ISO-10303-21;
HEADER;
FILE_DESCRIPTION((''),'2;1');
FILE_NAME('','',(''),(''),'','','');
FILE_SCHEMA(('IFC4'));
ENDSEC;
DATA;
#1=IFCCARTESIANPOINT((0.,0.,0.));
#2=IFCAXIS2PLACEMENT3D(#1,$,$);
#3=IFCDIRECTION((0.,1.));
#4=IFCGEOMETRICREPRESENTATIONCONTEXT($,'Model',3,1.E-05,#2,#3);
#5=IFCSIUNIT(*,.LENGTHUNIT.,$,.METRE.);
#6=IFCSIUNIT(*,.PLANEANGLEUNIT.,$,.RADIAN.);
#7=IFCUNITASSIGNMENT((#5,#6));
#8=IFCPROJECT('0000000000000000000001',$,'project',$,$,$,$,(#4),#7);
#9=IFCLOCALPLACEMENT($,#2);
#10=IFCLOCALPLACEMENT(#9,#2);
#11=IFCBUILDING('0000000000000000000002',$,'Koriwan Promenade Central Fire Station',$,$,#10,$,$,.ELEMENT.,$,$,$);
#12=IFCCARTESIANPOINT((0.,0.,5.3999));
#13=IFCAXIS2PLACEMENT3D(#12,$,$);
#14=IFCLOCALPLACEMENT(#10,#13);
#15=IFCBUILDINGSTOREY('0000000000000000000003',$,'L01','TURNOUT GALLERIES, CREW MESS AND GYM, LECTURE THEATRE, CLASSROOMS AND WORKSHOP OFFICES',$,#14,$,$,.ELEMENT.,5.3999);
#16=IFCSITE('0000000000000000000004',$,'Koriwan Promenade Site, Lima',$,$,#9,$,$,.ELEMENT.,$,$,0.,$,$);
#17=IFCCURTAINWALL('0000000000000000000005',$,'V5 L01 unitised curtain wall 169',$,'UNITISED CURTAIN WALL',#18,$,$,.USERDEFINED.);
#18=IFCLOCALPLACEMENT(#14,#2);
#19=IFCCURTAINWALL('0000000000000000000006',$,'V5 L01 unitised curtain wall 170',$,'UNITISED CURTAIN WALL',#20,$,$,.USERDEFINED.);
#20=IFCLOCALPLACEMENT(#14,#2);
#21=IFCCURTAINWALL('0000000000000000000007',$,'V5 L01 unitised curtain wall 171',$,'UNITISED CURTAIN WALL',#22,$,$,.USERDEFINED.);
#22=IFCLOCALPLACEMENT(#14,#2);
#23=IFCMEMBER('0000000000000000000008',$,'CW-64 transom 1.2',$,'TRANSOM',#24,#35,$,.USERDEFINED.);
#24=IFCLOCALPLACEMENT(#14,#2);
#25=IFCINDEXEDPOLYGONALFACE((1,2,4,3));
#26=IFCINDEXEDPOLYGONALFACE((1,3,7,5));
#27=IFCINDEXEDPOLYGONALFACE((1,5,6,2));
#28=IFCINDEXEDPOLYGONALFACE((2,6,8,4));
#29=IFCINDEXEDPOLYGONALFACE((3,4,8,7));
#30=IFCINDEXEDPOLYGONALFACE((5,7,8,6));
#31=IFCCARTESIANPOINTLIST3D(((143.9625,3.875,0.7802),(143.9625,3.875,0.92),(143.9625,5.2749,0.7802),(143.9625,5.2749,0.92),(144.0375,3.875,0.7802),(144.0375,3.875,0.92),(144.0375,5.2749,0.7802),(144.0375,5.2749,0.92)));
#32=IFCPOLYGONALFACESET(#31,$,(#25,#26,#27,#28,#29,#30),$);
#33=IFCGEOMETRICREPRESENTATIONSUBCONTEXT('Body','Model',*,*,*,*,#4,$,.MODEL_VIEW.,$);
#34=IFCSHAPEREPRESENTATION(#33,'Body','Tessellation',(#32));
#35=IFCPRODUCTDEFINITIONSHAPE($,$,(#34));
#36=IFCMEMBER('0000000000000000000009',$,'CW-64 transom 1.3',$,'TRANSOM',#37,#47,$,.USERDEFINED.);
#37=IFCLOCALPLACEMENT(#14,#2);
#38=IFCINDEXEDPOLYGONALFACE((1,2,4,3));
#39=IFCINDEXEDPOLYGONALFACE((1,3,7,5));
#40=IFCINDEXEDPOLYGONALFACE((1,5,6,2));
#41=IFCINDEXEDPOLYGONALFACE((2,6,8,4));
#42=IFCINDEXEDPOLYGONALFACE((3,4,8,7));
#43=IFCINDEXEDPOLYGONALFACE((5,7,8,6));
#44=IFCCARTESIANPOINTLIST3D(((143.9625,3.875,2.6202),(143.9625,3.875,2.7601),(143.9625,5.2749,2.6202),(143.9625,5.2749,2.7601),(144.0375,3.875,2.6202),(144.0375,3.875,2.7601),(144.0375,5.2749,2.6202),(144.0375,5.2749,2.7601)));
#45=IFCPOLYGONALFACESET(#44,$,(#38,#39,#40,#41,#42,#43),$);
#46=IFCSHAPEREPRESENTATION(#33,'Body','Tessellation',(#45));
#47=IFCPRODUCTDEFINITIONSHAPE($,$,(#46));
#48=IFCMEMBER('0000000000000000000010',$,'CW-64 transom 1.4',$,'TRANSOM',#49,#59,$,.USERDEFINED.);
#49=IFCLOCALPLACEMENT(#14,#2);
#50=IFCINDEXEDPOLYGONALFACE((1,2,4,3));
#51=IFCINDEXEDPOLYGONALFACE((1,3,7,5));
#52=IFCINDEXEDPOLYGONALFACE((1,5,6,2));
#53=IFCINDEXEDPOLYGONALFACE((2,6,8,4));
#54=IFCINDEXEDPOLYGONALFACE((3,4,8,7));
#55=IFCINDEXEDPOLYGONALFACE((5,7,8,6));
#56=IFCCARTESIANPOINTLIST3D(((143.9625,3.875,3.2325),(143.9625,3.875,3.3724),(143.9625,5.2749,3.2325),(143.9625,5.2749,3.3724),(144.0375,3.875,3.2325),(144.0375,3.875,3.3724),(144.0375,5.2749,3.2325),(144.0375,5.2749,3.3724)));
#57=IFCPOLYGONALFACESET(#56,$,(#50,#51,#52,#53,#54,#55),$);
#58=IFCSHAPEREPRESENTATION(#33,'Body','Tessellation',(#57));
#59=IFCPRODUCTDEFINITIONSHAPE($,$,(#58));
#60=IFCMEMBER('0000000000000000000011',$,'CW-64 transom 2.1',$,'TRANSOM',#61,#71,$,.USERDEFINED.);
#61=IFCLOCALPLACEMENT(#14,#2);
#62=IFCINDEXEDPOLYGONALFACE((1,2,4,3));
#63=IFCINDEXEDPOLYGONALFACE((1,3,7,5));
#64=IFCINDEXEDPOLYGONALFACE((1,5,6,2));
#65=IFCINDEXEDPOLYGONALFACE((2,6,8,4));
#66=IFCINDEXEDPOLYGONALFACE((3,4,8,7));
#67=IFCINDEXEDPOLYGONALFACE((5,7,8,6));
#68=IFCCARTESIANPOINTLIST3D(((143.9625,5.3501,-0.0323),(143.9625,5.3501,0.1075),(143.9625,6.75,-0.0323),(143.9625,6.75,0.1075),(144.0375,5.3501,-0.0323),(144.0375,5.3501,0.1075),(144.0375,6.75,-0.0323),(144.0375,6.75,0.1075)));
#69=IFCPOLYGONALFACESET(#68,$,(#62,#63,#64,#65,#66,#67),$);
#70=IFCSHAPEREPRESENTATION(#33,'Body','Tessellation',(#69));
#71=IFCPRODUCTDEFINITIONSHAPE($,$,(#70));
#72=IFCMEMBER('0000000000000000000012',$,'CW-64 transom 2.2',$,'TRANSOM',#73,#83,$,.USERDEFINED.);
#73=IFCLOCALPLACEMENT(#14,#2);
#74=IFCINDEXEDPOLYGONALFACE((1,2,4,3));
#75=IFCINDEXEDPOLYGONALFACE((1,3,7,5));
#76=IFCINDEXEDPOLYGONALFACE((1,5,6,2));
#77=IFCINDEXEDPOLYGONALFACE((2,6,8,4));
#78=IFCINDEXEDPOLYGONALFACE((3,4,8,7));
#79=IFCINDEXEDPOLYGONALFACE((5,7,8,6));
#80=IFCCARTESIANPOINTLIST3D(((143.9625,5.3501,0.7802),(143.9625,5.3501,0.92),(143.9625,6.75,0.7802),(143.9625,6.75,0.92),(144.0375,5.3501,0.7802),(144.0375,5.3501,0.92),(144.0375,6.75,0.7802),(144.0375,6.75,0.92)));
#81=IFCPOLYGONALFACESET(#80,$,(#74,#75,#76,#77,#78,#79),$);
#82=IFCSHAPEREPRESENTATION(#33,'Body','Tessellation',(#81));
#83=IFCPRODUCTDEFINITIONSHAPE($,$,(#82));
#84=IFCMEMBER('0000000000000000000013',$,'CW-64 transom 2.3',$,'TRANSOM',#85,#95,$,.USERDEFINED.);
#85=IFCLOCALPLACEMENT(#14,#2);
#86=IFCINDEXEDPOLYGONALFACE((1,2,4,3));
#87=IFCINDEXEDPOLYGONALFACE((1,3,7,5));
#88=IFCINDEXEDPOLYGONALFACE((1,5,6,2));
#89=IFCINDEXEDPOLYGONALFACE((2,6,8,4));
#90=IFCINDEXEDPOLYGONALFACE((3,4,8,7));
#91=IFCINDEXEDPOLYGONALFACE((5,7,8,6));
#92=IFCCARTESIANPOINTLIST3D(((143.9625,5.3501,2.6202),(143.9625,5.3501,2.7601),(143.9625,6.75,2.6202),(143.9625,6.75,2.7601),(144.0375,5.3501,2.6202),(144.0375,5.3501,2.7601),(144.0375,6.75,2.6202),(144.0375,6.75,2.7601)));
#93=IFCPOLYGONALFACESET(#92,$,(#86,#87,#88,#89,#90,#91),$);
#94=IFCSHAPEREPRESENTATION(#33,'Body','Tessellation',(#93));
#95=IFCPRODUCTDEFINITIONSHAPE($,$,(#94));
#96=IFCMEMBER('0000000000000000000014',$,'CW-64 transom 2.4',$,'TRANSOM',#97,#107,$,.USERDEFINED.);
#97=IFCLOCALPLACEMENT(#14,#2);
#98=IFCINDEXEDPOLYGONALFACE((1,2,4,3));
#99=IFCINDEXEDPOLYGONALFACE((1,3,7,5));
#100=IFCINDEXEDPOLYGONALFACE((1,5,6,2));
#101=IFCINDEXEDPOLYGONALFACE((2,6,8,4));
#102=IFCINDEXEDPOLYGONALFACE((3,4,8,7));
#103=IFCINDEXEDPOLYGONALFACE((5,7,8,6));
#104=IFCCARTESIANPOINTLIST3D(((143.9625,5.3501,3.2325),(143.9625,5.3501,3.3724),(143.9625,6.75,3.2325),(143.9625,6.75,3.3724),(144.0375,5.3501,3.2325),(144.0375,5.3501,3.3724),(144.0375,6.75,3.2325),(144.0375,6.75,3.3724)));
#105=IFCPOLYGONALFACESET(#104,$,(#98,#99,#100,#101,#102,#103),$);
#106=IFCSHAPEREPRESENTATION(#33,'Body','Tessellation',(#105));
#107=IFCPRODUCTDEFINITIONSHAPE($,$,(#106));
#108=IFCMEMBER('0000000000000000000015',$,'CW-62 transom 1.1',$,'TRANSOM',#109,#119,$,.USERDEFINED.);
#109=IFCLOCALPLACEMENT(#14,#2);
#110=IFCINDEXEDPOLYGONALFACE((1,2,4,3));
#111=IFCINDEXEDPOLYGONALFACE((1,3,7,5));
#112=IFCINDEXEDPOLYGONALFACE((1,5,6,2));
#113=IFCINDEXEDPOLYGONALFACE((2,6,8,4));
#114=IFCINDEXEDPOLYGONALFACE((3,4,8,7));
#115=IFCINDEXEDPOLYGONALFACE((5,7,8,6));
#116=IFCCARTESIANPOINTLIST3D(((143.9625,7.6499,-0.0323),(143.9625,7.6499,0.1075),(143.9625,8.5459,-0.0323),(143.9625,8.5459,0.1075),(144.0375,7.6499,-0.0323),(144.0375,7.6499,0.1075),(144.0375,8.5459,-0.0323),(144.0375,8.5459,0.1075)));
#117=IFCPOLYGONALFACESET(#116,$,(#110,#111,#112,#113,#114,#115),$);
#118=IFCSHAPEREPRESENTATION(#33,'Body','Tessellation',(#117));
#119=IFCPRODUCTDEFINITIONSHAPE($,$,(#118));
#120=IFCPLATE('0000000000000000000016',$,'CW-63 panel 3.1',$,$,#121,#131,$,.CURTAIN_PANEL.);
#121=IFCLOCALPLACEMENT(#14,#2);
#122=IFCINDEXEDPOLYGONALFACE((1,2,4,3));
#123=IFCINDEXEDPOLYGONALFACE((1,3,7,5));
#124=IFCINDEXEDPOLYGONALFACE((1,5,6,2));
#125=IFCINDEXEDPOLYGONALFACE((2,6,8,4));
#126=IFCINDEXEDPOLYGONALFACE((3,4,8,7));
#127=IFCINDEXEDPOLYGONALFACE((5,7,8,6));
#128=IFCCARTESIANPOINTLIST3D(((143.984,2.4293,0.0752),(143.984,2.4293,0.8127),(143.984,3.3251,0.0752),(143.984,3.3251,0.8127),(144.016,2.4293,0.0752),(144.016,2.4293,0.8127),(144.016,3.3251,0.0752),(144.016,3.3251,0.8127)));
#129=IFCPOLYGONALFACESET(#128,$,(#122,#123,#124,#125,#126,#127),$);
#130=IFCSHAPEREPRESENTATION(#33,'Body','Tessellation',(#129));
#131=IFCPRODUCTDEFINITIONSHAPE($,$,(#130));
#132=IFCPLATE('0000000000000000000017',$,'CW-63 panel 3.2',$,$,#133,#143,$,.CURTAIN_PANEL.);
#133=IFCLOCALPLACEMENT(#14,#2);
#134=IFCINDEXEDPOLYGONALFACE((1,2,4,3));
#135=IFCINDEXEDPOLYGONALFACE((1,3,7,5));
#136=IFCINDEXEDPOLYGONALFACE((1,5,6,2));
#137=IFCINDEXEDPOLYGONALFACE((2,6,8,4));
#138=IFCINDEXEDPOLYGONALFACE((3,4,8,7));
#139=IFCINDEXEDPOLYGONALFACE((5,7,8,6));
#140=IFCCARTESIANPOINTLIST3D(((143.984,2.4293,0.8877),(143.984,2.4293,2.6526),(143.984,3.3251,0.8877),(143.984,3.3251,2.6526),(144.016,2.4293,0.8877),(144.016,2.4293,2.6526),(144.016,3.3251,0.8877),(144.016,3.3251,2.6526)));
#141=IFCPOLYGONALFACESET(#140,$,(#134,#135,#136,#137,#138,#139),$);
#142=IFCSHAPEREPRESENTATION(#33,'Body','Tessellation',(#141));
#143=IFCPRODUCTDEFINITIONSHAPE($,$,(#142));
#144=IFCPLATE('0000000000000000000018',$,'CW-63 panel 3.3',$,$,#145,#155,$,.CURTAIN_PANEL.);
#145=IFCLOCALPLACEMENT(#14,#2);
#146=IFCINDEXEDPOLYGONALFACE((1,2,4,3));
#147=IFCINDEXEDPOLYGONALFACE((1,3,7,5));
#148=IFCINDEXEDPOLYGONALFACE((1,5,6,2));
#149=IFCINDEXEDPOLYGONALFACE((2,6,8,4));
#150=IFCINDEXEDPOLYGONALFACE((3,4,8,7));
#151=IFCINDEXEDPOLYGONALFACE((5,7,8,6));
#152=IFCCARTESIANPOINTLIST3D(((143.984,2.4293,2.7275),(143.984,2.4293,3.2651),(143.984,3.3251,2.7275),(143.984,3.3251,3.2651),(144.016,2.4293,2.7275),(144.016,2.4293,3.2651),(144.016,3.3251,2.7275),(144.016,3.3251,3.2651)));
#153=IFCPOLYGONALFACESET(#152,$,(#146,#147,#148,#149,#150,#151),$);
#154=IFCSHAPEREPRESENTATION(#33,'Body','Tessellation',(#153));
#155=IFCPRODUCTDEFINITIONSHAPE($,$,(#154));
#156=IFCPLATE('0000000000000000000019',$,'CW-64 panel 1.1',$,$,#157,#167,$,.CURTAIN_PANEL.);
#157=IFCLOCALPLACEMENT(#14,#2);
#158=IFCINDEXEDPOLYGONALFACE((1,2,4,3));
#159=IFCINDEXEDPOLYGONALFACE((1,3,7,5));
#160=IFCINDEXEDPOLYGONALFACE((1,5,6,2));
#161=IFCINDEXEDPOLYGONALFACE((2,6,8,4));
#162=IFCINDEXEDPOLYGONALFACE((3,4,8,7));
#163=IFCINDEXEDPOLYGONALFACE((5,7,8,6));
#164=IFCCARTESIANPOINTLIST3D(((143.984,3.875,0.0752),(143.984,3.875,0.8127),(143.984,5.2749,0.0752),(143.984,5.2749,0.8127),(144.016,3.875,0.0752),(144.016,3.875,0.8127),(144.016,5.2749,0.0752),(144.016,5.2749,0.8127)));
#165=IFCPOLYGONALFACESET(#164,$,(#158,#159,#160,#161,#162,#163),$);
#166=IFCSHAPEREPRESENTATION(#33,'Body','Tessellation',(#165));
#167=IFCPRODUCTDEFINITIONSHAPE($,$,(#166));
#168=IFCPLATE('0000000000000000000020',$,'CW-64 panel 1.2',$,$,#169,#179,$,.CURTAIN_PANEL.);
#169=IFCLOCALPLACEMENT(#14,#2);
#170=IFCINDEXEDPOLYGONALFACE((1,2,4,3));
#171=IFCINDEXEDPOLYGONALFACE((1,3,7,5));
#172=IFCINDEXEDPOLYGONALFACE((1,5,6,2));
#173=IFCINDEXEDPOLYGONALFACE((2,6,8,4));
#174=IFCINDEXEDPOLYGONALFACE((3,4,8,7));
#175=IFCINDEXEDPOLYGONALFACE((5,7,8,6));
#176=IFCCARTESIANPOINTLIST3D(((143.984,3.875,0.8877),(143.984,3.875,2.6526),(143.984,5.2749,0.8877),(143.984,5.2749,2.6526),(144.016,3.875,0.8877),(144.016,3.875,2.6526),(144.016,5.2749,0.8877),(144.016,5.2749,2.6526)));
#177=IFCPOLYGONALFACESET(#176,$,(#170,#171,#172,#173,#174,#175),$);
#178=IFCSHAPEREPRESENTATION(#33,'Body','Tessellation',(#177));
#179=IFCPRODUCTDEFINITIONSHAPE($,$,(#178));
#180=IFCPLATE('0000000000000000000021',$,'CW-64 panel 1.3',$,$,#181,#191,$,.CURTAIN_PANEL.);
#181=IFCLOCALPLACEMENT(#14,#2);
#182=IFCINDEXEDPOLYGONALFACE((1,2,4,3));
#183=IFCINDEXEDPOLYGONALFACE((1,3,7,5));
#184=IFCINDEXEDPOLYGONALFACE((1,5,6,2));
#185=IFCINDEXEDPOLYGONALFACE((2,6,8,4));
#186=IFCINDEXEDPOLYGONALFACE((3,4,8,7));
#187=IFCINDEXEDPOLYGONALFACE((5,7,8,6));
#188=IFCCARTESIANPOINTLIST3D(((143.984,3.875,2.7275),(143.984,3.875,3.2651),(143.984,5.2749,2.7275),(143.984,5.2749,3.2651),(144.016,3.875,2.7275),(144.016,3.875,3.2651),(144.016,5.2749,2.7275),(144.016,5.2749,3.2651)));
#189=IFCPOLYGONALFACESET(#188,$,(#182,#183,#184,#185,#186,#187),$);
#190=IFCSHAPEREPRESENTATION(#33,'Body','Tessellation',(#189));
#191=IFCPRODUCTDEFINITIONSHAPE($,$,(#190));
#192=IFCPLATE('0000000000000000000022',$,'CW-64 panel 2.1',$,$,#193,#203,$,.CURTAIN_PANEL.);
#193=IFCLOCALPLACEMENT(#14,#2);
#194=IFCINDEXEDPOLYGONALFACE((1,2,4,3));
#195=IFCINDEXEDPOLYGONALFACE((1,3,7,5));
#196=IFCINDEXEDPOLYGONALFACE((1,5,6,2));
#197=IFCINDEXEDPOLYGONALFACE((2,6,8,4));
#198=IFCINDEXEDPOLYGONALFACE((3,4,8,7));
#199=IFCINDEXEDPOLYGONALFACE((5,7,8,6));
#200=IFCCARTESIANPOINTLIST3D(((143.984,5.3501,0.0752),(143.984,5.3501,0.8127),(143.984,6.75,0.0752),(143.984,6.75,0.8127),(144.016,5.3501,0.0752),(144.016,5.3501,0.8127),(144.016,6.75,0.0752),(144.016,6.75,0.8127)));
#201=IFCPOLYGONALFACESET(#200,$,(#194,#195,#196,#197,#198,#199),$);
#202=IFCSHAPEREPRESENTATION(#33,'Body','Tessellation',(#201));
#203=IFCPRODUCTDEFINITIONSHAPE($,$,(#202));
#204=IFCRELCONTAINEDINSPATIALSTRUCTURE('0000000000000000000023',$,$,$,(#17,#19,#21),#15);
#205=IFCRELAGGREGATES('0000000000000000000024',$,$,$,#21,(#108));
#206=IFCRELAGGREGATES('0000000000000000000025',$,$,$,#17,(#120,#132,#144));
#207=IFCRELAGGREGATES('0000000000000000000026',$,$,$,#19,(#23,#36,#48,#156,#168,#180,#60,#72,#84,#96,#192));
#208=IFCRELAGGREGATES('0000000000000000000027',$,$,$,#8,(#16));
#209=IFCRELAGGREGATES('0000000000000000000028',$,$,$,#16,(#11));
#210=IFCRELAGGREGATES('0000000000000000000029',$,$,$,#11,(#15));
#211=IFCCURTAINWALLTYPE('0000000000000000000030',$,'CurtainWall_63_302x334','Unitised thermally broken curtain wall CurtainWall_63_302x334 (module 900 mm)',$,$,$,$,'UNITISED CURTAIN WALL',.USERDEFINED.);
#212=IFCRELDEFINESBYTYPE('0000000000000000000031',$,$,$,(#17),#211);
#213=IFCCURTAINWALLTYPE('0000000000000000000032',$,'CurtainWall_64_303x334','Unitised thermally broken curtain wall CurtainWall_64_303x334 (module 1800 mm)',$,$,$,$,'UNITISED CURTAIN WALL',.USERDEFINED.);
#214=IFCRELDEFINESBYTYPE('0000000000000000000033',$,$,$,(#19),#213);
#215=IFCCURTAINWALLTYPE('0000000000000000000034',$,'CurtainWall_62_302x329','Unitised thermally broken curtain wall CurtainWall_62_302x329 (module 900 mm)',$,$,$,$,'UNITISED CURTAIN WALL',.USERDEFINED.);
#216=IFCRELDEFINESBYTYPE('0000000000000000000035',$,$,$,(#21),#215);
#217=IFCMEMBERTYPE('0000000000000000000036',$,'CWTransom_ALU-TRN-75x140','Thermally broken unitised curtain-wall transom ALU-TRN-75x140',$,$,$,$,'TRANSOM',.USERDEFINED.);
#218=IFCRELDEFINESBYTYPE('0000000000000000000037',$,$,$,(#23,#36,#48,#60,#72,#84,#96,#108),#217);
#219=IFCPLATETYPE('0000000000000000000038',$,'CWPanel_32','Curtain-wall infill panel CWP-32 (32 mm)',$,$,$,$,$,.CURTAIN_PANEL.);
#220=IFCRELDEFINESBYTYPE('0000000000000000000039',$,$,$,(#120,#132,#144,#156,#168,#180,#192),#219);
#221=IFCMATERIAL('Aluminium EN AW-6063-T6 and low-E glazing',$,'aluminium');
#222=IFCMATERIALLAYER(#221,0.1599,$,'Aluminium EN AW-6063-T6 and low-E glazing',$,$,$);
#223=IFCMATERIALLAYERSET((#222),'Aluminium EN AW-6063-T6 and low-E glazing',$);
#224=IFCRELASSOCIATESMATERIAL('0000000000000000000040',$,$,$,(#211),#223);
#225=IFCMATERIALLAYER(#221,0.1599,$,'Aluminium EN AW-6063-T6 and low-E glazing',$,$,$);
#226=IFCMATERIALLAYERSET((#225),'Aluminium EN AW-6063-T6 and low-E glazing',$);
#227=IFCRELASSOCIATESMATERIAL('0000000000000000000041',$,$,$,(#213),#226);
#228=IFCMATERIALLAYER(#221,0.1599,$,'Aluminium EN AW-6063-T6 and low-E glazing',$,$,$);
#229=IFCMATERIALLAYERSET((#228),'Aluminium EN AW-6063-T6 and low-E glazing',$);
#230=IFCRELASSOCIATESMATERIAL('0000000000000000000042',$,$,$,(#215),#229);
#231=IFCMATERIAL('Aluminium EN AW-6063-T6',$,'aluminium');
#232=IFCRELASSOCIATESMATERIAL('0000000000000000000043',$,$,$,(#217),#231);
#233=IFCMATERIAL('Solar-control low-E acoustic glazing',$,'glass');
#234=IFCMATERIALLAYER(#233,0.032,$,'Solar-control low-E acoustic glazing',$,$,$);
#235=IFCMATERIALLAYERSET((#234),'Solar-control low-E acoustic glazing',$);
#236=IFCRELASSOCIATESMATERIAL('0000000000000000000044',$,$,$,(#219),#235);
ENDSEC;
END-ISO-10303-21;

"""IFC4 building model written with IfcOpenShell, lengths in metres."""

from ifc_helpers import new_model, si_unit, direction, frame, origin, origin_2d, place, context, subcontext, project, spatial, rectangle, extrude, material, layer, layer_set, material_profile, profile_set, type_object, element, aggregate, save


model = new_model("IFC4")

# Units and contexts
model_context = context("Model", 3, precision=1e-05, world=origin(), true_north=direction((0.0, 1.0)))
body_context = subcontext(model_context, "Body", "Model", "MODEL_VIEW")
ifc_project = project(units=[si_unit("LENGTHUNIT", "METRE"), si_unit("PLANEANGLEUNIT", "RADIAN")], contexts=[model_context])

# Site, building, storey
site_placement = place(None, origin())
site = spatial("IfcSite", under=ifc_project, at=site_placement, Name="Koriwan Promenade Site, Lima", CompositionType="ELEMENT", RefElevation=0.0)
building_placement = place(site_placement, origin())
building = spatial("IfcBuilding", under=site, at=building_placement, Name="Koriwan Promenade Central Fire Station", CompositionType="ELEMENT")
storey_placement = place(building_placement, frame((0.0, 0.0, 5.3999)))
storey = spatial("IfcBuildingStorey", under=building, at=storey_placement, Name="L01", Description="TURNOUT GALLERIES, CREW MESS AND GYM, LECTURE THEATRE, CLASSROOMS AND WORKSHOP OFFICES", CompositionType="ELEMENT", Elevation=5.3999)

# Curtain wall
ifc_material_1 = material(Name="Aluminium EN AW-6063-T6 and low-E glazing", Category="aluminium")
ifc_layer_1 = layer(ifc_material_1, 0.1599, Name="Aluminium EN AW-6063-T6 and low-E glazing")
ifc_layer_set_1 = layer_set([ifc_layer_1], Name="Aluminium EN AW-6063-T6 and low-E glazing")
curtain_wall_type_1 = type_object("IfcCurtainWallType", Name="CurtainWall_63_302x334", Description="Unitised thermally broken curtain wall CurtainWall_63_302x334 (module 900 mm)", ElementType="UNITISED CURTAIN WALL", PredefinedType="USERDEFINED", material=ifc_layer_set_1)
curtain_wall_1_placement = place(storey_placement, origin())
curtain_wall_1 = element("IfcCurtainWall", 1, at=curtain_wall_1_placement, inside=storey, type_object=curtain_wall_type_1, Name="V5 L01 unitised curtain wall 169", ObjectType="UNITISED CURTAIN WALL", PredefinedType="USERDEFINED")
ifc_material_2 = material(Name="Aluminium EN AW-6063-T6", Category="aluminium")

# Curtain wall
ifc_layer_2 = layer(ifc_material_1, 0.1599, Name="Aluminium EN AW-6063-T6 and low-E glazing")
ifc_layer_set_2 = layer_set([ifc_layer_2], Name="Aluminium EN AW-6063-T6 and low-E glazing")
curtain_wall_type_2 = type_object("IfcCurtainWallType", Name="CurtainWall_64_303x334", Description="Unitised thermally broken curtain wall CurtainWall_64_303x334 (module 1800 mm)", ElementType="UNITISED CURTAIN WALL", PredefinedType="USERDEFINED", material=ifc_layer_set_2)
curtain_wall_2_placement = place(storey_placement, origin())
curtain_wall_2 = element("IfcCurtainWall", 2, at=curtain_wall_2_placement, inside=storey, type_object=curtain_wall_type_2, Name="V5 L01 unitised curtain wall 170", ObjectType="UNITISED CURTAIN WALL", PredefinedType="USERDEFINED")

# Curtain wall
ifc_layer_3 = layer(ifc_material_1, 0.1599, Name="Aluminium EN AW-6063-T6 and low-E glazing")
ifc_layer_set_3 = layer_set([ifc_layer_3], Name="Aluminium EN AW-6063-T6 and low-E glazing")
curtain_wall_type_3 = type_object("IfcCurtainWallType", Name="CurtainWall_62_302x329", Description="Unitised thermally broken curtain wall CurtainWall_62_302x329 (module 900 mm)", ElementType="UNITISED CURTAIN WALL", PredefinedType="USERDEFINED", material=ifc_layer_set_3)
curtain_wall_3_placement = place(storey_placement, origin())
curtain_wall_3 = element("IfcCurtainWall", 3, at=curtain_wall_3_placement, inside=storey, type_object=curtain_wall_type_3, Name="V5 L01 unitised curtain wall 171", ObjectType="UNITISED CURTAIN WALL", PredefinedType="USERDEFINED")

# Members
ifc_material_profile_1 = material_profile(ifc_material_2, rectangle(XDim=0.075, YDim=0.1399, at=origin_2d()), Name="ALU-TRN-75x140")
ifc_profile_set_1 = profile_set([ifc_material_profile_1], Name="Aluminium EN AW-6063-T6")
member_type_1 = type_object("IfcMemberType", Name="CWTransom_ALU-TRN-75x140", Description="Thermally broken unitised curtain-wall transom ALU-TRN-75x140", ElementType="TRANSOM", PredefinedType="USERDEFINED", material=ifc_profile_set_1)
member_1_placement = place(storey_placement, frame((144.0, 3.875, 0.8501), z_axis=(0.0, 1.0, 0.0), x_axis=(-1.0, 0.0, 0.0)))
member_1 = element("IfcMember", 4, at=member_1_placement, type_object=member_type_1, Name="CW-64 transom 1.2", ObjectType="TRANSOM", PredefinedType="USERDEFINED", context=body_context, shape_type="SweptSolid", body=[
    extrude(rectangle(XDim=0.075, YDim=0.1399, at=origin_2d()), origin(), (0.0, 0.0, 1.0), 1.3999),
])
member_2_placement = place(storey_placement, frame((144.0, 3.875, 2.6902), z_axis=(0.0, 1.0, 0.0), x_axis=(-1.0, 0.0, 0.0)))
member_2 = element("IfcMember", 5, at=member_2_placement, type_object=member_type_1, Name="CW-64 transom 1.3", ObjectType="TRANSOM", PredefinedType="USERDEFINED", context=body_context, shape_type="SweptSolid", body=[
    extrude(rectangle(XDim=0.075, YDim=0.1399, at=origin_2d()), origin(), (0.0, 0.0, 1.0), 1.3999),
])
member_3_placement = place(storey_placement, frame((144.0, 3.875, 3.3025), z_axis=(0.0, 1.0, 0.0), x_axis=(-1.0, 0.0, 0.0)))
member_3 = element("IfcMember", 6, at=member_3_placement, type_object=member_type_1, Name="CW-64 transom 1.4", ObjectType="TRANSOM", PredefinedType="USERDEFINED", context=body_context, shape_type="SweptSolid", body=[
    extrude(rectangle(XDim=0.075, YDim=0.1399, at=origin_2d()), origin(), (0.0, 0.0, 1.0), 1.3999),
])
member_4_placement = place(storey_placement, frame((144.0, 5.3501, 0.0376), z_axis=(0.0, 1.0, 0.0), x_axis=(-1.0, 0.0, 0.0)))
member_4 = element("IfcMember", 7, at=member_4_placement, type_object=member_type_1, Name="CW-64 transom 2.1", ObjectType="TRANSOM", PredefinedType="USERDEFINED", context=body_context, shape_type="SweptSolid", body=[
    extrude(rectangle(XDim=0.075, YDim=0.1399, at=origin_2d()), origin(), (0.0, 0.0, 1.0), 1.3999),
])
member_5_placement = place(storey_placement, frame((144.0, 5.3501, 0.8501), z_axis=(0.0, 1.0, 0.0), x_axis=(-1.0, 0.0, 0.0)))
member_5 = element("IfcMember", 8, at=member_5_placement, type_object=member_type_1, Name="CW-64 transom 2.2", ObjectType="TRANSOM", PredefinedType="USERDEFINED", context=body_context, shape_type="SweptSolid", body=[
    extrude(rectangle(XDim=0.075, YDim=0.1399, at=origin_2d()), origin(), (0.0, 0.0, 1.0), 1.3999),
])
member_6_placement = place(storey_placement, frame((144.0, 5.3501, 2.6902), z_axis=(0.0, 1.0, 0.0), x_axis=(-1.0, 0.0, 0.0)))
member_6 = element("IfcMember", 9, at=member_6_placement, type_object=member_type_1, Name="CW-64 transom 2.3", ObjectType="TRANSOM", PredefinedType="USERDEFINED", context=body_context, shape_type="SweptSolid", body=[
    extrude(rectangle(XDim=0.075, YDim=0.1399, at=origin_2d()), origin(), (0.0, 0.0, 1.0), 1.3999),
])
member_7_placement = place(storey_placement, frame((144.0, 5.3501, 3.3025), z_axis=(0.0, 1.0, 0.0), x_axis=(-1.0, 0.0, 0.0)))
member_7 = element("IfcMember", 10, at=member_7_placement, type_object=member_type_1, Name="CW-64 transom 2.4", ObjectType="TRANSOM", PredefinedType="USERDEFINED", context=body_context, shape_type="SweptSolid", body=[
    extrude(rectangle(XDim=0.075, YDim=0.1399, at=origin_2d()), origin(), (0.0, 0.0, 1.0), 1.3999),
])
member_8_placement = place(storey_placement, frame((144.0, 7.6499, 0.0376), z_axis=(0.0, 1.0, 0.0), x_axis=(-1.0, 0.0, 0.0)))
member_8 = element("IfcMember", 11, at=member_8_placement, type_object=member_type_1, Name="CW-62 transom 1.1", ObjectType="TRANSOM", PredefinedType="USERDEFINED", context=body_context, shape_type="SweptSolid", body=[
    extrude(rectangle(XDim=0.075, YDim=0.1399, at=origin_2d()), origin(), (0.0, 0.0, 1.0), 0.896),
])
aggregate(curtain_wall_3, [member_8])

# Plates
ifc_material_3 = material(Name="Solar-control low-E acoustic glazing", Category="glass")
ifc_layer_4 = layer(ifc_material_3, 0.032, Name="Solar-control low-E acoustic glazing")
ifc_layer_set_4 = layer_set([ifc_layer_4], Name="Solar-control low-E acoustic glazing")
plate_type = type_object("IfcPlateType", Name="CWPanel_32", Description="Curtain-wall infill panel CWP-32 (32 mm)", PredefinedType="CURTAIN_PANEL", material=ifc_layer_set_4)
plate_1_placement = place(storey_placement, frame((144.0, 2.8772, 0.0752), z_axis=(0.0, 0.0, 1.0), x_axis=(0.0, 1.0, 0.0)))
plate_1 = element("IfcPlate", 12, at=plate_1_placement, type_object=plate_type, Name="CW-63 panel 3.1", PredefinedType="CURTAIN_PANEL", context=body_context, shape_type="SweptSolid", body=[
    extrude(rectangle(XDim=0.8958, YDim=0.032, at=origin_2d()), origin(), (0.0, 0.0, 1.0), 0.7375),
])
plate_2_placement = place(storey_placement, frame((144.0, 2.8772, 0.8877), z_axis=(0.0, 0.0, 1.0), x_axis=(0.0, 1.0, 0.0)))
plate_2 = element("IfcPlate", 13, at=plate_2_placement, type_object=plate_type, Name="CW-63 panel 3.2", PredefinedType="CURTAIN_PANEL", context=body_context, shape_type="SweptSolid", body=[
    extrude(rectangle(XDim=0.8958, YDim=0.032, at=origin_2d()), origin(), (0.0, 0.0, 1.0), 1.7649),
])
plate_3_placement = place(storey_placement, frame((144.0, 2.8772, 2.7275), z_axis=(0.0, 0.0, 1.0), x_axis=(0.0, 1.0, 0.0)))
plate_3 = element("IfcPlate", 14, at=plate_3_placement, type_object=plate_type, Name="CW-63 panel 3.3", PredefinedType="CURTAIN_PANEL", context=body_context, shape_type="SweptSolid", body=[
    extrude(rectangle(XDim=0.8958, YDim=0.032, at=origin_2d()), origin(), (0.0, 0.0, 1.0), 0.5376),
])
aggregate(curtain_wall_1, [plate_1, plate_2, plate_3])
plate_4_placement = place(storey_placement, frame((144.0, 4.575, 0.0752), z_axis=(0.0, 0.0, 1.0), x_axis=(0.0, 1.0, 0.0)))
plate_4 = element("IfcPlate", 15, at=plate_4_placement, type_object=plate_type, Name="CW-64 panel 1.1", PredefinedType="CURTAIN_PANEL", context=body_context, shape_type="SweptSolid", body=[
    extrude(rectangle(XDim=1.3999, YDim=0.032, at=origin_2d()), origin(), (0.0, 0.0, 1.0), 0.7375),
])
plate_5_placement = place(storey_placement, frame((144.0, 4.575, 0.8877), z_axis=(0.0, 0.0, 1.0), x_axis=(0.0, 1.0, 0.0)))
plate_5 = element("IfcPlate", 16, at=plate_5_placement, type_object=plate_type, Name="CW-64 panel 1.2", PredefinedType="CURTAIN_PANEL", context=body_context, shape_type="SweptSolid", body=[
    extrude(rectangle(XDim=1.3999, YDim=0.032, at=origin_2d()), origin(), (0.0, 0.0, 1.0), 1.7649),
])
plate_6_placement = place(storey_placement, frame((144.0, 4.575, 2.7275), z_axis=(0.0, 0.0, 1.0), x_axis=(0.0, 1.0, 0.0)))
plate_6 = element("IfcPlate", 17, at=plate_6_placement, type_object=plate_type, Name="CW-64 panel 1.3", PredefinedType="CURTAIN_PANEL", context=body_context, shape_type="SweptSolid", body=[
    extrude(rectangle(XDim=1.3999, YDim=0.032, at=origin_2d()), origin(), (0.0, 0.0, 1.0), 0.5376),
])
plate_7_placement = place(storey_placement, frame((144.0, 6.05, 0.0752), z_axis=(0.0, 0.0, 1.0), x_axis=(0.0, 1.0, 0.0)))
plate_7 = element("IfcPlate", 18, at=plate_7_placement, type_object=plate_type, Name="CW-64 panel 2.1", PredefinedType="CURTAIN_PANEL", context=body_context, shape_type="SweptSolid", body=[
    extrude(rectangle(XDim=1.3999, YDim=0.032, at=origin_2d()), origin(), (0.0, 0.0, 1.0), 0.7375),
])
aggregate(curtain_wall_2, [member_1, member_2, member_3, plate_4, plate_5, plate_6, member_4, member_5, member_6, member_7, plate_7])

save(model, "model.ifc")
